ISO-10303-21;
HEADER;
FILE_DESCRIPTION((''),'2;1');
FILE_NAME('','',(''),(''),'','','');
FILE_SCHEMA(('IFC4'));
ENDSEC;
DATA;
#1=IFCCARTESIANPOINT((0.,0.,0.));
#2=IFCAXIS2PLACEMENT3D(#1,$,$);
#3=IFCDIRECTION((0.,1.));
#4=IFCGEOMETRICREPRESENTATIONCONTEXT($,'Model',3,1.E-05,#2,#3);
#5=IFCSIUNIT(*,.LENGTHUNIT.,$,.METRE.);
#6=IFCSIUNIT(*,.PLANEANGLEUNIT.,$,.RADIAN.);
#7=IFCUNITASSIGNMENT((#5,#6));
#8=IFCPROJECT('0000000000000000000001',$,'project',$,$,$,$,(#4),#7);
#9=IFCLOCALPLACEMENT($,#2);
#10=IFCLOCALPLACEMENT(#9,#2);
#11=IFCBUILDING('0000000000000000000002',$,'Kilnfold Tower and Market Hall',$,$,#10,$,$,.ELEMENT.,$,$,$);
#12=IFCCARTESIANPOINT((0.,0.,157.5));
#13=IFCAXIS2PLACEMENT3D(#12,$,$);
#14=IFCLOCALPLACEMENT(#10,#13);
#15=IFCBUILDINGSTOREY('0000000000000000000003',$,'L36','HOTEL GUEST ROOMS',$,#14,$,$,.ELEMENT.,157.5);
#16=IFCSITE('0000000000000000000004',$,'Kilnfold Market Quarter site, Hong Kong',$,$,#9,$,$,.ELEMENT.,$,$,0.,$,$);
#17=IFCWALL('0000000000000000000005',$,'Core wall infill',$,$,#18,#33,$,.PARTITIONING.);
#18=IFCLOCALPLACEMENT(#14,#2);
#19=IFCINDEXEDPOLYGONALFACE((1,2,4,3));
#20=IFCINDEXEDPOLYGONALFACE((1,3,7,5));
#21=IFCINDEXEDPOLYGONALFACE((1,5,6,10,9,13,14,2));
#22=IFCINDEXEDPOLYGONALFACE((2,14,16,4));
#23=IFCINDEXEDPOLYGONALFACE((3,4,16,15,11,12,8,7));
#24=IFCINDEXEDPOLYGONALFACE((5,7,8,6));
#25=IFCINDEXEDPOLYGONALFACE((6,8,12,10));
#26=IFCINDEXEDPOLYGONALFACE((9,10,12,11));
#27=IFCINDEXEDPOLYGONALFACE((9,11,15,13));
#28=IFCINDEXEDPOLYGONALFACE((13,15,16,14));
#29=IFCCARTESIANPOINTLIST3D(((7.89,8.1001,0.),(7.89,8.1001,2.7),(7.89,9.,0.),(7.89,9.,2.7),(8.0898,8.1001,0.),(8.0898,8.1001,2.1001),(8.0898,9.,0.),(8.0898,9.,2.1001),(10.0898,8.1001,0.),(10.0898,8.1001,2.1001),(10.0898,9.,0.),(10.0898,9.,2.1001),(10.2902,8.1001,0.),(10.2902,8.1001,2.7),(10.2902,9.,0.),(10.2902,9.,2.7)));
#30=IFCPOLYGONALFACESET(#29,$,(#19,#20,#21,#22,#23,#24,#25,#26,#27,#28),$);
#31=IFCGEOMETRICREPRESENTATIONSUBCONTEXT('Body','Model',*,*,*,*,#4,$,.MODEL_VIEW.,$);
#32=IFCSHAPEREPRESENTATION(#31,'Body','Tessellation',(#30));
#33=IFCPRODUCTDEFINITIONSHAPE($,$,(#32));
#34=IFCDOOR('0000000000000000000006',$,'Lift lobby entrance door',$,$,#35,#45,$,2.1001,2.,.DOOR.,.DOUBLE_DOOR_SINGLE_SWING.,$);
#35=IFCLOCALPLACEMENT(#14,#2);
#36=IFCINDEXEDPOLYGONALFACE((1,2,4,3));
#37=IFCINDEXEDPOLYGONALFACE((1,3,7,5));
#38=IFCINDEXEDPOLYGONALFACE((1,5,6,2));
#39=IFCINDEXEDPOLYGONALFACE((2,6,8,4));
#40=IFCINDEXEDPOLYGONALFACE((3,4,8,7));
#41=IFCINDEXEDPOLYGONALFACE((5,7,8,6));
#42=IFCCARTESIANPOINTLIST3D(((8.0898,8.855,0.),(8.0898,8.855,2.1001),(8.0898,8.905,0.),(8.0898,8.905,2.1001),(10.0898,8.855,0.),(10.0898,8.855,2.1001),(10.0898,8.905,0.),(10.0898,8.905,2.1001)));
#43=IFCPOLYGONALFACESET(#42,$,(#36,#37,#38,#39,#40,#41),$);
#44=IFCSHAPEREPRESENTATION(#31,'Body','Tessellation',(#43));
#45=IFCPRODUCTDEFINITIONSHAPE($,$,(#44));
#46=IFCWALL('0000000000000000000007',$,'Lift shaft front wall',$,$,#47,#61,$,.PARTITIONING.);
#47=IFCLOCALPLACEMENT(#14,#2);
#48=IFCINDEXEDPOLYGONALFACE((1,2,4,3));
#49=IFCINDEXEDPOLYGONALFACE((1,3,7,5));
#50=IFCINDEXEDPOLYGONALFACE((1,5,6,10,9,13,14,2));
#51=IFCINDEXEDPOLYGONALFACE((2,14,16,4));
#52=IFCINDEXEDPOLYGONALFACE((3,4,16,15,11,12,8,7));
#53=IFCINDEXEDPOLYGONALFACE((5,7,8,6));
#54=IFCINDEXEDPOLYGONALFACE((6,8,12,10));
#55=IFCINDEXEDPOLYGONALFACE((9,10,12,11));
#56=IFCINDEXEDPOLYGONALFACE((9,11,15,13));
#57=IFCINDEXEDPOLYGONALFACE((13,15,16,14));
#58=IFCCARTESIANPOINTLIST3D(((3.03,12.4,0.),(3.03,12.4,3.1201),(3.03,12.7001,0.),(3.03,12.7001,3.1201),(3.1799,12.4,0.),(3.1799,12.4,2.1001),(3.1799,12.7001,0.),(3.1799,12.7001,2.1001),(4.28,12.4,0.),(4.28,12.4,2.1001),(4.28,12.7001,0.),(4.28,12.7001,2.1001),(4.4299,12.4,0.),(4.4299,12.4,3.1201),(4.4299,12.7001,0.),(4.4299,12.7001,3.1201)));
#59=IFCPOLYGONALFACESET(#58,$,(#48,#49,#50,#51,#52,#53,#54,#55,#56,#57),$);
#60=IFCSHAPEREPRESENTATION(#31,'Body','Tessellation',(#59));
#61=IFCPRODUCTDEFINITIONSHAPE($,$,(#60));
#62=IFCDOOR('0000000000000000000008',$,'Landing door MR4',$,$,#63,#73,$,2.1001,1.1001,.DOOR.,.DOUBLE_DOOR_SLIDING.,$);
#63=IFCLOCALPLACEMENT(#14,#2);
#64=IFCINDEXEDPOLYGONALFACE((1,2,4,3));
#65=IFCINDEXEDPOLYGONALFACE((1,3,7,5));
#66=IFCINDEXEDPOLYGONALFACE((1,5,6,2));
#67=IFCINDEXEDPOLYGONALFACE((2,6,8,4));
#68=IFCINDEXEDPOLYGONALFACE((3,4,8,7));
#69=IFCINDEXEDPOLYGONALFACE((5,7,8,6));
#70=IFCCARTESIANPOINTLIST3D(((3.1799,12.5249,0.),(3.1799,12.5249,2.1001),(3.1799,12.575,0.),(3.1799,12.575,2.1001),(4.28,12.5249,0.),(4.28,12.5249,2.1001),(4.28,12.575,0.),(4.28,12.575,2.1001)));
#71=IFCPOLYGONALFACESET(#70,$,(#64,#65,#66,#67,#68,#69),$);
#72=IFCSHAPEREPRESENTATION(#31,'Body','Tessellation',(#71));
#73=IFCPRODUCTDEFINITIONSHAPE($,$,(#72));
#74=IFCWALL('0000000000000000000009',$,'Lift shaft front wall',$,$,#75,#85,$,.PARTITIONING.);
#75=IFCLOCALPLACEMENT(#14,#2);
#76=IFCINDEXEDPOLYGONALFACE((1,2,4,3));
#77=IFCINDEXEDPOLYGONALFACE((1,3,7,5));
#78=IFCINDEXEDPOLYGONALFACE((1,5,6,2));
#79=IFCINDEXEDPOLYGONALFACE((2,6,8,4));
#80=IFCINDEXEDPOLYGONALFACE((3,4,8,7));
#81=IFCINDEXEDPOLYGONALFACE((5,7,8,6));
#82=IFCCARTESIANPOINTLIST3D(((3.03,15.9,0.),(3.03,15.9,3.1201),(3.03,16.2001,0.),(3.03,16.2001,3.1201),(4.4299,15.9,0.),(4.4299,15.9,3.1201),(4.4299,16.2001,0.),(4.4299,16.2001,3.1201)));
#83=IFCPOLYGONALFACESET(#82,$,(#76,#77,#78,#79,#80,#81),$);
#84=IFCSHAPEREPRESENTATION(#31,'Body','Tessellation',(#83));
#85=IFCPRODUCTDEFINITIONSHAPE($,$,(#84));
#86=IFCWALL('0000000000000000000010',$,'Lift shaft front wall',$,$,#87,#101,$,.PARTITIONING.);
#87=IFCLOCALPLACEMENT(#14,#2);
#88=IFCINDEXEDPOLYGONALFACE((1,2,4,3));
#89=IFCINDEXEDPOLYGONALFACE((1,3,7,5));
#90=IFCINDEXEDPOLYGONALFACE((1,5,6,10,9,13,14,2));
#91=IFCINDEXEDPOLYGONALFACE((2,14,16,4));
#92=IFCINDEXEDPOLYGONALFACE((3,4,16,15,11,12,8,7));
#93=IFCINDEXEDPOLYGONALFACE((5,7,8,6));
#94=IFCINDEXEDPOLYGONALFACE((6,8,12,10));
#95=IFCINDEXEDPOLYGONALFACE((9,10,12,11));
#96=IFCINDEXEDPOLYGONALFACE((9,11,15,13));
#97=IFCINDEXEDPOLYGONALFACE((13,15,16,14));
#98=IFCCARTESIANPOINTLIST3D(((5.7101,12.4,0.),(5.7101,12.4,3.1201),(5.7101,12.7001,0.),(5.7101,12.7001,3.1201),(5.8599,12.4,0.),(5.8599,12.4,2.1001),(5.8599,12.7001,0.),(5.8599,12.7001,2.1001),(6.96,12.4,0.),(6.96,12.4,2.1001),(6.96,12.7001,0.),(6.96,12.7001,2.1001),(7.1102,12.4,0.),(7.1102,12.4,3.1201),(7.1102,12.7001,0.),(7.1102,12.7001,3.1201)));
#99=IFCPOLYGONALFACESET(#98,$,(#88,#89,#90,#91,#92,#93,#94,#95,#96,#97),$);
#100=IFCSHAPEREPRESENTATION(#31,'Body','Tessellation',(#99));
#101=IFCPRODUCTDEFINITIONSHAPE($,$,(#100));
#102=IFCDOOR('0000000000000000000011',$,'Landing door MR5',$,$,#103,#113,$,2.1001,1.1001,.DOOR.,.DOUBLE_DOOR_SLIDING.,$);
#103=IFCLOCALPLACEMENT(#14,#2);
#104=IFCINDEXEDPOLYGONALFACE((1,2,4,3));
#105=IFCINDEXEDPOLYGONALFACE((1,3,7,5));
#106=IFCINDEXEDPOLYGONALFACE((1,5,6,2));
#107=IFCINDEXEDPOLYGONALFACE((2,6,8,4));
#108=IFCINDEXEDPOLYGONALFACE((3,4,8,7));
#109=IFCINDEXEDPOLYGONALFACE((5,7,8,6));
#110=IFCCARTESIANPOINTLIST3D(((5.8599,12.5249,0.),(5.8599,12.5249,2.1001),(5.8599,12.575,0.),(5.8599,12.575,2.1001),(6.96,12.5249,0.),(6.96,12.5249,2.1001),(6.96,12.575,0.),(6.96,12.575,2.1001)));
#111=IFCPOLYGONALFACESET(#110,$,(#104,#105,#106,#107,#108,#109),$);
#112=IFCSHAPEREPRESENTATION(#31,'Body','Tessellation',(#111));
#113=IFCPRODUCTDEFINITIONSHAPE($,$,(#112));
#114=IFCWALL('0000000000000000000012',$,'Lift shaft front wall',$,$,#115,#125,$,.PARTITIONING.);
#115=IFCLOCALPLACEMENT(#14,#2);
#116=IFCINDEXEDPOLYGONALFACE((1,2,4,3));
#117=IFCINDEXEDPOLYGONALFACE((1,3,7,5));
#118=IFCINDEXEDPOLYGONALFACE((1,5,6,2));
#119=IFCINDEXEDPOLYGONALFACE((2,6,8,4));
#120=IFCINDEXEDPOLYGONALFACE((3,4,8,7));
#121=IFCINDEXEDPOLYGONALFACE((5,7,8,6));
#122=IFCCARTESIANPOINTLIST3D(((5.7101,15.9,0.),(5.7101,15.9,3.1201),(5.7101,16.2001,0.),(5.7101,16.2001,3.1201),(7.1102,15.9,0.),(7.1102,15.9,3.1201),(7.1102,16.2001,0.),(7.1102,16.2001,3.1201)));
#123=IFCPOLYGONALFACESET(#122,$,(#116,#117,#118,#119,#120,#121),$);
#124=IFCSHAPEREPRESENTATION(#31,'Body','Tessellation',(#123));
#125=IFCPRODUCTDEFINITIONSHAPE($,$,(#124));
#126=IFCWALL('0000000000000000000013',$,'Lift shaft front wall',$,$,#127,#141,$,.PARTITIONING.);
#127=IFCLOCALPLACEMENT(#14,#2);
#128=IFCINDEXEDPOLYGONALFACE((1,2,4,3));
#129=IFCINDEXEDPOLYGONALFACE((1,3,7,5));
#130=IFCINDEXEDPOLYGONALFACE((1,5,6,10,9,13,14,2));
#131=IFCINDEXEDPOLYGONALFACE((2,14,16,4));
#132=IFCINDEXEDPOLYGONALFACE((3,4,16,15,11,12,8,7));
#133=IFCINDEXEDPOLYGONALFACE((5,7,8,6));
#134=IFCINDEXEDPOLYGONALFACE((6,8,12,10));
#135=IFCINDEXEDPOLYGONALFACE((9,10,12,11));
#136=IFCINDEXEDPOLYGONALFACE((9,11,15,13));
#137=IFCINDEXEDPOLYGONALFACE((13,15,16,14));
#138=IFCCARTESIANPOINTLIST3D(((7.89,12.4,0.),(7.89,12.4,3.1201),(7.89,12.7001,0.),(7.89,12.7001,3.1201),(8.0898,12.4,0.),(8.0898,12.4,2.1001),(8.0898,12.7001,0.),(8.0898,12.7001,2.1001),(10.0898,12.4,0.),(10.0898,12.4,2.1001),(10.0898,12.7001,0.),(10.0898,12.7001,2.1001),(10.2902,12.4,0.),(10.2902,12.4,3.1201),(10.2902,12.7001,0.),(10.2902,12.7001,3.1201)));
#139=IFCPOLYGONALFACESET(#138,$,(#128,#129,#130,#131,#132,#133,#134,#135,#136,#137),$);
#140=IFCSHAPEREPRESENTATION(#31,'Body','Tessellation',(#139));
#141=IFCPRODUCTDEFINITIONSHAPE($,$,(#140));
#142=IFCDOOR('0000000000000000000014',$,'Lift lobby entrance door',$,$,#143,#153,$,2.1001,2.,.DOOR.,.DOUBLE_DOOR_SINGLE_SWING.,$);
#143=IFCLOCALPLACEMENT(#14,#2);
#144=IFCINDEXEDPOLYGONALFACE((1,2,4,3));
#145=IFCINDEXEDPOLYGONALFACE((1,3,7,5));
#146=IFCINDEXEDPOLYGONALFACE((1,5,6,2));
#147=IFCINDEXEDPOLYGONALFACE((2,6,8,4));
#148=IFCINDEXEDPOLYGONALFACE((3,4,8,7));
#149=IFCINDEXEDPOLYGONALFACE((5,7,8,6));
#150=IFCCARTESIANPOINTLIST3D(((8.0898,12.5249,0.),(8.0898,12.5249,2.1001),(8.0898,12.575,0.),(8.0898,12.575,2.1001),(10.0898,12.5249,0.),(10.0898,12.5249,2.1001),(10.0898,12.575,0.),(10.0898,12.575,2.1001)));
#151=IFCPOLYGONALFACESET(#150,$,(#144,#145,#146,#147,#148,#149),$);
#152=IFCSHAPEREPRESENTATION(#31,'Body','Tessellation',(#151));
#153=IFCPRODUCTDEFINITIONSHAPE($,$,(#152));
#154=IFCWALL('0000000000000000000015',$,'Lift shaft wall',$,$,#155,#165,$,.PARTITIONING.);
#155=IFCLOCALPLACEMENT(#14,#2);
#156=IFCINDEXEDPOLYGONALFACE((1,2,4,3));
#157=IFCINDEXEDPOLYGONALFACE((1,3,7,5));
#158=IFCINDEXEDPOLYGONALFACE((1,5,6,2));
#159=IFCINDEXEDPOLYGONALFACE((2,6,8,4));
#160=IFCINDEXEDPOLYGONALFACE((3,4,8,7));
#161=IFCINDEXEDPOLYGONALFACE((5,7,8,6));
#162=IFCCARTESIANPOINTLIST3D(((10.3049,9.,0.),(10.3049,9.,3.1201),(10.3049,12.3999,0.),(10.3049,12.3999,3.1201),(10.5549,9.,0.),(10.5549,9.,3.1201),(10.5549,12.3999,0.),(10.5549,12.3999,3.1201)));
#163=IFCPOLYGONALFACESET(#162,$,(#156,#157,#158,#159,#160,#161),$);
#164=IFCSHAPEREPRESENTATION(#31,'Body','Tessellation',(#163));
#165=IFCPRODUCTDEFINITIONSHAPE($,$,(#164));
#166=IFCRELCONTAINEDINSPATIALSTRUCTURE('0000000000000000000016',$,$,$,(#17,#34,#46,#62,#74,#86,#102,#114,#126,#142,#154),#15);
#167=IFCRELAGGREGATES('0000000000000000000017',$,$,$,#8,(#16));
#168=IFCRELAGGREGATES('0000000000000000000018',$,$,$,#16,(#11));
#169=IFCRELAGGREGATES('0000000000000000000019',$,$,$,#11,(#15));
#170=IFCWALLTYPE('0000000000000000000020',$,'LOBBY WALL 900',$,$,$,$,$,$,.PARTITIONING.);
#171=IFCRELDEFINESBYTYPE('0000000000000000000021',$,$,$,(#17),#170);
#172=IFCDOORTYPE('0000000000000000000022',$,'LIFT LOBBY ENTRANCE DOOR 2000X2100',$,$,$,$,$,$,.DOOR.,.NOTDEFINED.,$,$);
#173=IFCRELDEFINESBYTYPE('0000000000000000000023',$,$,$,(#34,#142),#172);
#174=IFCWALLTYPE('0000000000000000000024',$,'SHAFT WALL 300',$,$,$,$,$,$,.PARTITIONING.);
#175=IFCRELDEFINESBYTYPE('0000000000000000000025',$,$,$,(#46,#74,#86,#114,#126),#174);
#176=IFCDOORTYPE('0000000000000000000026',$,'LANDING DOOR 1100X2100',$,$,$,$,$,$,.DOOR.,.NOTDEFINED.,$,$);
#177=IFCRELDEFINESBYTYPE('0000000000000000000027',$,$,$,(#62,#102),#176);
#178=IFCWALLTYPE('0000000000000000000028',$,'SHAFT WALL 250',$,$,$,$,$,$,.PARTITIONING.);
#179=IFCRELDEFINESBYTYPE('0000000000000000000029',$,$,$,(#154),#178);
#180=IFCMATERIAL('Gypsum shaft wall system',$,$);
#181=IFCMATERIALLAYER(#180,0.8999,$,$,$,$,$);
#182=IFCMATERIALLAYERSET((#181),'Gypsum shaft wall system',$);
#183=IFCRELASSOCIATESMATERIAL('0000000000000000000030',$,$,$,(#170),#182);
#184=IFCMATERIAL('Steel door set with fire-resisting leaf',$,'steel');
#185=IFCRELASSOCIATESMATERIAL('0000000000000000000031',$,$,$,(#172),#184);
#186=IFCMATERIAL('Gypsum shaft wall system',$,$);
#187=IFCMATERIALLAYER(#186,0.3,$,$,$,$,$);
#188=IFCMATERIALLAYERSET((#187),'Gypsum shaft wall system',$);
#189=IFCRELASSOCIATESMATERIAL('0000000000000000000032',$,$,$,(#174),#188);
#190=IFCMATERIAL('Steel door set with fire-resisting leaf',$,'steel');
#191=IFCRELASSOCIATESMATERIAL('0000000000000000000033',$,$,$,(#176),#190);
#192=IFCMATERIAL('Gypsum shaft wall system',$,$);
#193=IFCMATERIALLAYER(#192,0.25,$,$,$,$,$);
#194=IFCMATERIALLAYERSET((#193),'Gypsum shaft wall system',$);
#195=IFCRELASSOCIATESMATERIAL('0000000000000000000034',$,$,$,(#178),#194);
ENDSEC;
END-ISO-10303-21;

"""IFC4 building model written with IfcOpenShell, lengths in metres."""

from ifc_helpers import new_model, si_unit, direction, frame, frame_2d, origin, place, context, subcontext, project, spatial, rectangle, extrude, source, transform, mapped, material, layer, layer_set, type_object, element, fill, save


model = new_model("IFC4")

# Units and contexts
model_context = context("Model", 3, precision=1e-05, world=origin(), true_north=direction((0.0, 1.0)))
body_context = subcontext(model_context, "Body", "Model", "MODEL_VIEW")
ifc_project = project(units=[si_unit("LENGTHUNIT", "METRE"), si_unit("PLANEANGLEUNIT", "RADIAN")], contexts=[model_context])

# Site, building, storey
site_placement = place(None, origin())
site = spatial("IfcSite", under=ifc_project, at=site_placement, Name="Kilnfold Market Quarter site, Hong Kong", CompositionType="ELEMENT", RefElevation=0.0)
building_placement = place(site_placement, origin())
building = spatial("IfcBuilding", under=site, at=building_placement, Name="Kilnfold Tower and Market Hall", CompositionType="ELEMENT")
storey_placement = place(building_placement, frame((0.0, 0.0, 157.5)))
storey = spatial("IfcBuildingStorey", under=building, at=storey_placement, Name="L36", Description="HOTEL GUEST ROOMS", CompositionType="ELEMENT", Elevation=157.5)

# Walls, openings, doors
ifc_material_1 = material(Name="Gypsum shaft wall system")
ifc_layer_1 = layer(ifc_material_1, 0.8999)
ifc_layer_set_1 = layer_set([ifc_layer_1], Name="Gypsum shaft wall system")
wall_type_1 = type_object("IfcWallType", Name="LOBBY WALL 900", PredefinedType="PARTITIONING", material=ifc_layer_set_1)
shared_shape_1 = source(origin(), body_context, "Body", "SweptSolid", [
    extrude(rectangle(XDim=2.4001, YDim=0.8999, at=frame_2d((1.2002, 0.0))), origin(), (0.0, 0.0, 1.0), 2.7),
])
wall_1_placement = place(storey_placement, frame((7.8899, 8.55, 0.0), z_axis=(0.0, 0.0, 1.0), x_axis=(1.0, 0.0, 0.0)))
wall_1 = element("IfcWall", 1, at=wall_1_placement, inside=storey, type_object=wall_type_1, Name="Core wall infill", PredefinedType="PARTITIONING", context=body_context, shape_type="MappedRepresentation", body=[
    mapped(shared_shape_1, transform((0.0, 0.0, 0.0))),
])
opening_1_placement = place(wall_1_placement, frame((0.2, 0.0, 0.0)))
opening_1 = element("IfcOpeningElement", 2, at=opening_1_placement, cuts=wall_1, PredefinedType="OPENING", context=body_context, shape_type="SweptSolid", body=[
    extrude(rectangle(XDim=2.0, YDim=2.1001, at=frame_2d((1.0, 1.05))), frame((0.0, 0.46, 0.0), z_axis=(0.0, -1.0, 0.0), x_axis=(1.0, 0.0, 0.0)), (0.0, 0.0, 1.0), 0.9199),
])
ifc_material_2 = material(Name="Steel door set with fire-resisting leaf", Category="steel")
door_type_1 = type_object("IfcDoorType", Name="LIFT LOBBY ENTRANCE DOOR 2000X2100", OperationType="NOTDEFINED", PredefinedType="DOOR", material=ifc_material_2)
door_1_placement = place(opening_1_placement, origin())
door_1 = element("IfcDoor", 3, at=door_1_placement, inside=storey, type_object=door_type_1, Name="Lift lobby entrance door", OperationType="DOUBLE_DOOR_SINGLE_SWING", OverallHeight=2.1001, OverallWidth=2.0, PredefinedType="DOOR", context=body_context, shape_type="SweptSolid", body=[
    extrude(rectangle(XDim=2.0, YDim=2.1001, at=frame_2d((1.0, 1.05))), frame((0.0, 0.355, 0.0), z_axis=(0.0, -1.0, 0.0), x_axis=(1.0, 0.0, 0.0)), (0.0, 0.0, 1.0), 0.05),
])
fill(opening_1, door_1)
ifc_material_3 = material(Name="Gypsum shaft wall system")
ifc_layer_2 = layer(ifc_material_3, 0.3)
ifc_layer_set_2 = layer_set([ifc_layer_2], Name="Gypsum shaft wall system")
wall_type_2 = type_object("IfcWallType", Name="SHAFT WALL 300", PredefinedType="PARTITIONING", material=ifc_layer_set_2)
shared_shape_2 = source(origin(), body_context, "Body", "SweptSolid", [
    extrude(rectangle(XDim=1.3999, YDim=0.3, at=frame_2d((0.7, 0.0))), origin(), (0.0, 0.0, 1.0), 3.1201),
])
wall_2_placement = place(storey_placement, frame((3.03, 12.55, 0.0), z_axis=(0.0, 0.0, 1.0), x_axis=(1.0, 0.0, 0.0)))
wall_2 = element("IfcWall", 4, at=wall_2_placement, inside=storey, type_object=wall_type_2, Name="Lift shaft front wall", PredefinedType="PARTITIONING", context=body_context, shape_type="MappedRepresentation", body=[
    mapped(shared_shape_2, transform((0.0, 0.0, 0.0))),
])
opening_2_placement = place(wall_2_placement, frame((0.1499, 0.0, 0.0)))
opening_2 = element("IfcOpeningElement", 5, at=opening_2_placement, cuts=wall_2, PredefinedType="OPENING", context=body_context, shape_type="SweptSolid", body=[
    extrude(rectangle(XDim=1.1001, YDim=2.1001, at=frame_2d((0.55, 1.05))), frame((0.0, 0.1602, 0.0), z_axis=(0.0, -1.0, 0.0), x_axis=(1.0, 0.0, 0.0)), (0.0, 0.0, 1.0), 0.3201),
])
ifc_material_4 = material(Name="Steel door set with fire-resisting leaf", Category="steel")
door_type_2 = type_object("IfcDoorType", Name="LANDING DOOR 1100X2100", OperationType="NOTDEFINED", PredefinedType="DOOR", material=ifc_material_4)
door_2_placement = place(opening_2_placement, origin())
door_2 = element("IfcDoor", 6, at=door_2_placement, inside=storey, type_object=door_type_2, Name="Landing door MR4", OperationType="DOUBLE_DOOR_SLIDING", OverallHeight=2.1001, OverallWidth=1.1001, PredefinedType="DOOR", context=body_context, shape_type="SweptSolid", body=[
    extrude(rectangle(XDim=1.1001, YDim=2.1001, at=frame_2d((0.55, 1.05))), frame((0.0, 0.0249, 0.0), z_axis=(0.0, -1.0, 0.0), x_axis=(1.0, 0.0, 0.0)), (0.0, 0.0, 1.0), 0.05),
])
fill(opening_2, door_2)

# Wall
wall_3_placement = place(storey_placement, frame((3.03, 16.05, 0.0), z_axis=(0.0, 0.0, 1.0), x_axis=(1.0, 0.0, 0.0)))
element("IfcWall", 7, at=wall_3_placement, inside=storey, type_object=wall_type_2, Name="Lift shaft front wall", PredefinedType="PARTITIONING", context=body_context, shape_type="MappedRepresentation", body=[
    mapped(shared_shape_2, transform((0.0, 0.0, 0.0))),
])

# Wall, opening, door
shared_shape_3 = source(origin(), body_context, "Body", "SweptSolid", [
    extrude(rectangle(XDim=1.4001, YDim=0.3, at=frame_2d((0.7002, 0.0))), origin(), (0.0, 0.0, 1.0), 3.1201),
])
wall_4_placement = place(storey_placement, frame((5.71, 12.55, 0.0), z_axis=(0.0, 0.0, 1.0), x_axis=(1.0, 0.0, 0.0)))
wall_4 = element("IfcWall", 8, at=wall_4_placement, inside=storey, type_object=wall_type_2, Name="Lift shaft front wall", PredefinedType="PARTITIONING", context=body_context, shape_type="MappedRepresentation", body=[
    mapped(shared_shape_3, transform((0.0, 0.0, 0.0))),
])
opening_3_placement = place(wall_4_placement, frame((0.1499, 0.0, 0.0)))
opening_3 = element("IfcOpeningElement", 9, at=opening_3_placement, cuts=wall_4, PredefinedType="OPENING", context=body_context, shape_type="SweptSolid", body=[
    extrude(rectangle(XDim=1.1001, YDim=2.1001, at=frame_2d((0.55, 1.05))), frame((0.0, 0.1602, 0.0), z_axis=(0.0, -1.0, 0.0), x_axis=(1.0, 0.0, 0.0)), (0.0, 0.0, 1.0), 0.3201),
])
door_3_placement = place(opening_3_placement, origin())
door_3 = element("IfcDoor", 10, at=door_3_placement, inside=storey, type_object=door_type_2, Name="Landing door MR5", OperationType="DOUBLE_DOOR_SLIDING", OverallHeight=2.1001, OverallWidth=1.1001, PredefinedType="DOOR", context=body_context, shape_type="SweptSolid", body=[
    extrude(rectangle(XDim=1.1001, YDim=2.1001, at=frame_2d((0.55, 1.05))), frame((0.0, 0.0249, 0.0), z_axis=(0.0, -1.0, 0.0), x_axis=(1.0, 0.0, 0.0)), (0.0, 0.0, 1.0), 0.05),
])
fill(opening_3, door_3)

# Wall
wall_5_placement = place(storey_placement, frame((5.71, 16.05, 0.0), z_axis=(0.0, 0.0, 1.0), x_axis=(1.0, 0.0, 0.0)))
element("IfcWall", 11, at=wall_5_placement, inside=storey, type_object=wall_type_2, Name="Lift shaft front wall", PredefinedType="PARTITIONING", context=body_context, shape_type="MappedRepresentation", body=[
    mapped(shared_shape_3, transform((0.0, 0.0, 0.0))),
])

# Wall, opening, door
shared_shape_4 = source(origin(), body_context, "Body", "SweptSolid", [
    extrude(rectangle(XDim=2.4001, YDim=0.3, at=frame_2d((1.2002, 0.0))), origin(), (0.0, 0.0, 1.0), 3.1201),
])
wall_6_placement = place(storey_placement, frame((7.8899, 12.55, 0.0), z_axis=(0.0, 0.0, 1.0), x_axis=(1.0, 0.0, 0.0)))
wall_6 = element("IfcWall", 12, at=wall_6_placement, inside=storey, type_object=wall_type_2, Name="Lift shaft front wall", PredefinedType="PARTITIONING", context=body_context, shape_type="MappedRepresentation", body=[
    mapped(shared_shape_4, transform((0.0, 0.0, 0.0))),
])
opening_4_placement = place(wall_6_placement, frame((0.2, 0.0, 0.0)))
opening_4 = element("IfcOpeningElement", 13, at=opening_4_placement, cuts=wall_6, PredefinedType="OPENING", context=body_context, shape_type="SweptSolid", body=[
    extrude(rectangle(XDim=2.0, YDim=2.1001, at=frame_2d((1.0, 1.05))), frame((0.0, 0.1602, 0.0), z_axis=(0.0, -1.0, 0.0), x_axis=(1.0, 0.0, 0.0)), (0.0, 0.0, 1.0), 0.3201),
])
door_4_placement = place(opening_4_placement, origin())
door_4 = element("IfcDoor", 14, at=door_4_placement, inside=storey, type_object=door_type_1, Name="Lift lobby entrance door", OperationType="DOUBLE_DOOR_SINGLE_SWING", OverallHeight=2.1001, OverallWidth=2.0, PredefinedType="DOOR", context=body_context, shape_type="SweptSolid", body=[
    extrude(rectangle(XDim=2.0, YDim=2.1001, at=frame_2d((1.0, 1.05))), frame((0.0, 0.0249, 0.0), z_axis=(0.0, -1.0, 0.0), x_axis=(1.0, 0.0, 0.0)), (0.0, 0.0, 1.0), 0.05),
])
fill(opening_4, door_4)

# Wall
ifc_material_5 = material(Name="Gypsum shaft wall system")
ifc_layer_3 = layer(ifc_material_5, 0.25)
ifc_layer_set_3 = layer_set([ifc_layer_3], Name="Gypsum shaft wall system")
wall_type_3 = type_object("IfcWallType", Name="SHAFT WALL 250", PredefinedType="PARTITIONING", material=ifc_layer_set_3)
shared_shape_5 = source(origin(), body_context, "Body", "SweptSolid", [
    extrude(rectangle(XDim=3.3999, YDim=0.25, at=frame_2d((1.7, 0.0))), origin(), (0.0, 0.0, 1.0), 3.1201),
])
for number, where, z_axis, x_axis, name in (
    (15, (10.4299, 9.0, 0.0), (0.0, 0.0, 1.0), (0.0, 1.0, 0.0), "Lift shaft wall"),
):
    element("IfcWall", number, at=place(storey_placement, frame(where, z_axis=z_axis, x_axis=x_axis)), inside=storey, type_object=wall_type_3, Name=name, PredefinedType="PARTITIONING", context=body_context, shape_type="MappedRepresentation", body=[
        mapped(shared_shape_5, transform((0.0, 0.0, 0.0))),
    ])

save(model, "model.ifc")
